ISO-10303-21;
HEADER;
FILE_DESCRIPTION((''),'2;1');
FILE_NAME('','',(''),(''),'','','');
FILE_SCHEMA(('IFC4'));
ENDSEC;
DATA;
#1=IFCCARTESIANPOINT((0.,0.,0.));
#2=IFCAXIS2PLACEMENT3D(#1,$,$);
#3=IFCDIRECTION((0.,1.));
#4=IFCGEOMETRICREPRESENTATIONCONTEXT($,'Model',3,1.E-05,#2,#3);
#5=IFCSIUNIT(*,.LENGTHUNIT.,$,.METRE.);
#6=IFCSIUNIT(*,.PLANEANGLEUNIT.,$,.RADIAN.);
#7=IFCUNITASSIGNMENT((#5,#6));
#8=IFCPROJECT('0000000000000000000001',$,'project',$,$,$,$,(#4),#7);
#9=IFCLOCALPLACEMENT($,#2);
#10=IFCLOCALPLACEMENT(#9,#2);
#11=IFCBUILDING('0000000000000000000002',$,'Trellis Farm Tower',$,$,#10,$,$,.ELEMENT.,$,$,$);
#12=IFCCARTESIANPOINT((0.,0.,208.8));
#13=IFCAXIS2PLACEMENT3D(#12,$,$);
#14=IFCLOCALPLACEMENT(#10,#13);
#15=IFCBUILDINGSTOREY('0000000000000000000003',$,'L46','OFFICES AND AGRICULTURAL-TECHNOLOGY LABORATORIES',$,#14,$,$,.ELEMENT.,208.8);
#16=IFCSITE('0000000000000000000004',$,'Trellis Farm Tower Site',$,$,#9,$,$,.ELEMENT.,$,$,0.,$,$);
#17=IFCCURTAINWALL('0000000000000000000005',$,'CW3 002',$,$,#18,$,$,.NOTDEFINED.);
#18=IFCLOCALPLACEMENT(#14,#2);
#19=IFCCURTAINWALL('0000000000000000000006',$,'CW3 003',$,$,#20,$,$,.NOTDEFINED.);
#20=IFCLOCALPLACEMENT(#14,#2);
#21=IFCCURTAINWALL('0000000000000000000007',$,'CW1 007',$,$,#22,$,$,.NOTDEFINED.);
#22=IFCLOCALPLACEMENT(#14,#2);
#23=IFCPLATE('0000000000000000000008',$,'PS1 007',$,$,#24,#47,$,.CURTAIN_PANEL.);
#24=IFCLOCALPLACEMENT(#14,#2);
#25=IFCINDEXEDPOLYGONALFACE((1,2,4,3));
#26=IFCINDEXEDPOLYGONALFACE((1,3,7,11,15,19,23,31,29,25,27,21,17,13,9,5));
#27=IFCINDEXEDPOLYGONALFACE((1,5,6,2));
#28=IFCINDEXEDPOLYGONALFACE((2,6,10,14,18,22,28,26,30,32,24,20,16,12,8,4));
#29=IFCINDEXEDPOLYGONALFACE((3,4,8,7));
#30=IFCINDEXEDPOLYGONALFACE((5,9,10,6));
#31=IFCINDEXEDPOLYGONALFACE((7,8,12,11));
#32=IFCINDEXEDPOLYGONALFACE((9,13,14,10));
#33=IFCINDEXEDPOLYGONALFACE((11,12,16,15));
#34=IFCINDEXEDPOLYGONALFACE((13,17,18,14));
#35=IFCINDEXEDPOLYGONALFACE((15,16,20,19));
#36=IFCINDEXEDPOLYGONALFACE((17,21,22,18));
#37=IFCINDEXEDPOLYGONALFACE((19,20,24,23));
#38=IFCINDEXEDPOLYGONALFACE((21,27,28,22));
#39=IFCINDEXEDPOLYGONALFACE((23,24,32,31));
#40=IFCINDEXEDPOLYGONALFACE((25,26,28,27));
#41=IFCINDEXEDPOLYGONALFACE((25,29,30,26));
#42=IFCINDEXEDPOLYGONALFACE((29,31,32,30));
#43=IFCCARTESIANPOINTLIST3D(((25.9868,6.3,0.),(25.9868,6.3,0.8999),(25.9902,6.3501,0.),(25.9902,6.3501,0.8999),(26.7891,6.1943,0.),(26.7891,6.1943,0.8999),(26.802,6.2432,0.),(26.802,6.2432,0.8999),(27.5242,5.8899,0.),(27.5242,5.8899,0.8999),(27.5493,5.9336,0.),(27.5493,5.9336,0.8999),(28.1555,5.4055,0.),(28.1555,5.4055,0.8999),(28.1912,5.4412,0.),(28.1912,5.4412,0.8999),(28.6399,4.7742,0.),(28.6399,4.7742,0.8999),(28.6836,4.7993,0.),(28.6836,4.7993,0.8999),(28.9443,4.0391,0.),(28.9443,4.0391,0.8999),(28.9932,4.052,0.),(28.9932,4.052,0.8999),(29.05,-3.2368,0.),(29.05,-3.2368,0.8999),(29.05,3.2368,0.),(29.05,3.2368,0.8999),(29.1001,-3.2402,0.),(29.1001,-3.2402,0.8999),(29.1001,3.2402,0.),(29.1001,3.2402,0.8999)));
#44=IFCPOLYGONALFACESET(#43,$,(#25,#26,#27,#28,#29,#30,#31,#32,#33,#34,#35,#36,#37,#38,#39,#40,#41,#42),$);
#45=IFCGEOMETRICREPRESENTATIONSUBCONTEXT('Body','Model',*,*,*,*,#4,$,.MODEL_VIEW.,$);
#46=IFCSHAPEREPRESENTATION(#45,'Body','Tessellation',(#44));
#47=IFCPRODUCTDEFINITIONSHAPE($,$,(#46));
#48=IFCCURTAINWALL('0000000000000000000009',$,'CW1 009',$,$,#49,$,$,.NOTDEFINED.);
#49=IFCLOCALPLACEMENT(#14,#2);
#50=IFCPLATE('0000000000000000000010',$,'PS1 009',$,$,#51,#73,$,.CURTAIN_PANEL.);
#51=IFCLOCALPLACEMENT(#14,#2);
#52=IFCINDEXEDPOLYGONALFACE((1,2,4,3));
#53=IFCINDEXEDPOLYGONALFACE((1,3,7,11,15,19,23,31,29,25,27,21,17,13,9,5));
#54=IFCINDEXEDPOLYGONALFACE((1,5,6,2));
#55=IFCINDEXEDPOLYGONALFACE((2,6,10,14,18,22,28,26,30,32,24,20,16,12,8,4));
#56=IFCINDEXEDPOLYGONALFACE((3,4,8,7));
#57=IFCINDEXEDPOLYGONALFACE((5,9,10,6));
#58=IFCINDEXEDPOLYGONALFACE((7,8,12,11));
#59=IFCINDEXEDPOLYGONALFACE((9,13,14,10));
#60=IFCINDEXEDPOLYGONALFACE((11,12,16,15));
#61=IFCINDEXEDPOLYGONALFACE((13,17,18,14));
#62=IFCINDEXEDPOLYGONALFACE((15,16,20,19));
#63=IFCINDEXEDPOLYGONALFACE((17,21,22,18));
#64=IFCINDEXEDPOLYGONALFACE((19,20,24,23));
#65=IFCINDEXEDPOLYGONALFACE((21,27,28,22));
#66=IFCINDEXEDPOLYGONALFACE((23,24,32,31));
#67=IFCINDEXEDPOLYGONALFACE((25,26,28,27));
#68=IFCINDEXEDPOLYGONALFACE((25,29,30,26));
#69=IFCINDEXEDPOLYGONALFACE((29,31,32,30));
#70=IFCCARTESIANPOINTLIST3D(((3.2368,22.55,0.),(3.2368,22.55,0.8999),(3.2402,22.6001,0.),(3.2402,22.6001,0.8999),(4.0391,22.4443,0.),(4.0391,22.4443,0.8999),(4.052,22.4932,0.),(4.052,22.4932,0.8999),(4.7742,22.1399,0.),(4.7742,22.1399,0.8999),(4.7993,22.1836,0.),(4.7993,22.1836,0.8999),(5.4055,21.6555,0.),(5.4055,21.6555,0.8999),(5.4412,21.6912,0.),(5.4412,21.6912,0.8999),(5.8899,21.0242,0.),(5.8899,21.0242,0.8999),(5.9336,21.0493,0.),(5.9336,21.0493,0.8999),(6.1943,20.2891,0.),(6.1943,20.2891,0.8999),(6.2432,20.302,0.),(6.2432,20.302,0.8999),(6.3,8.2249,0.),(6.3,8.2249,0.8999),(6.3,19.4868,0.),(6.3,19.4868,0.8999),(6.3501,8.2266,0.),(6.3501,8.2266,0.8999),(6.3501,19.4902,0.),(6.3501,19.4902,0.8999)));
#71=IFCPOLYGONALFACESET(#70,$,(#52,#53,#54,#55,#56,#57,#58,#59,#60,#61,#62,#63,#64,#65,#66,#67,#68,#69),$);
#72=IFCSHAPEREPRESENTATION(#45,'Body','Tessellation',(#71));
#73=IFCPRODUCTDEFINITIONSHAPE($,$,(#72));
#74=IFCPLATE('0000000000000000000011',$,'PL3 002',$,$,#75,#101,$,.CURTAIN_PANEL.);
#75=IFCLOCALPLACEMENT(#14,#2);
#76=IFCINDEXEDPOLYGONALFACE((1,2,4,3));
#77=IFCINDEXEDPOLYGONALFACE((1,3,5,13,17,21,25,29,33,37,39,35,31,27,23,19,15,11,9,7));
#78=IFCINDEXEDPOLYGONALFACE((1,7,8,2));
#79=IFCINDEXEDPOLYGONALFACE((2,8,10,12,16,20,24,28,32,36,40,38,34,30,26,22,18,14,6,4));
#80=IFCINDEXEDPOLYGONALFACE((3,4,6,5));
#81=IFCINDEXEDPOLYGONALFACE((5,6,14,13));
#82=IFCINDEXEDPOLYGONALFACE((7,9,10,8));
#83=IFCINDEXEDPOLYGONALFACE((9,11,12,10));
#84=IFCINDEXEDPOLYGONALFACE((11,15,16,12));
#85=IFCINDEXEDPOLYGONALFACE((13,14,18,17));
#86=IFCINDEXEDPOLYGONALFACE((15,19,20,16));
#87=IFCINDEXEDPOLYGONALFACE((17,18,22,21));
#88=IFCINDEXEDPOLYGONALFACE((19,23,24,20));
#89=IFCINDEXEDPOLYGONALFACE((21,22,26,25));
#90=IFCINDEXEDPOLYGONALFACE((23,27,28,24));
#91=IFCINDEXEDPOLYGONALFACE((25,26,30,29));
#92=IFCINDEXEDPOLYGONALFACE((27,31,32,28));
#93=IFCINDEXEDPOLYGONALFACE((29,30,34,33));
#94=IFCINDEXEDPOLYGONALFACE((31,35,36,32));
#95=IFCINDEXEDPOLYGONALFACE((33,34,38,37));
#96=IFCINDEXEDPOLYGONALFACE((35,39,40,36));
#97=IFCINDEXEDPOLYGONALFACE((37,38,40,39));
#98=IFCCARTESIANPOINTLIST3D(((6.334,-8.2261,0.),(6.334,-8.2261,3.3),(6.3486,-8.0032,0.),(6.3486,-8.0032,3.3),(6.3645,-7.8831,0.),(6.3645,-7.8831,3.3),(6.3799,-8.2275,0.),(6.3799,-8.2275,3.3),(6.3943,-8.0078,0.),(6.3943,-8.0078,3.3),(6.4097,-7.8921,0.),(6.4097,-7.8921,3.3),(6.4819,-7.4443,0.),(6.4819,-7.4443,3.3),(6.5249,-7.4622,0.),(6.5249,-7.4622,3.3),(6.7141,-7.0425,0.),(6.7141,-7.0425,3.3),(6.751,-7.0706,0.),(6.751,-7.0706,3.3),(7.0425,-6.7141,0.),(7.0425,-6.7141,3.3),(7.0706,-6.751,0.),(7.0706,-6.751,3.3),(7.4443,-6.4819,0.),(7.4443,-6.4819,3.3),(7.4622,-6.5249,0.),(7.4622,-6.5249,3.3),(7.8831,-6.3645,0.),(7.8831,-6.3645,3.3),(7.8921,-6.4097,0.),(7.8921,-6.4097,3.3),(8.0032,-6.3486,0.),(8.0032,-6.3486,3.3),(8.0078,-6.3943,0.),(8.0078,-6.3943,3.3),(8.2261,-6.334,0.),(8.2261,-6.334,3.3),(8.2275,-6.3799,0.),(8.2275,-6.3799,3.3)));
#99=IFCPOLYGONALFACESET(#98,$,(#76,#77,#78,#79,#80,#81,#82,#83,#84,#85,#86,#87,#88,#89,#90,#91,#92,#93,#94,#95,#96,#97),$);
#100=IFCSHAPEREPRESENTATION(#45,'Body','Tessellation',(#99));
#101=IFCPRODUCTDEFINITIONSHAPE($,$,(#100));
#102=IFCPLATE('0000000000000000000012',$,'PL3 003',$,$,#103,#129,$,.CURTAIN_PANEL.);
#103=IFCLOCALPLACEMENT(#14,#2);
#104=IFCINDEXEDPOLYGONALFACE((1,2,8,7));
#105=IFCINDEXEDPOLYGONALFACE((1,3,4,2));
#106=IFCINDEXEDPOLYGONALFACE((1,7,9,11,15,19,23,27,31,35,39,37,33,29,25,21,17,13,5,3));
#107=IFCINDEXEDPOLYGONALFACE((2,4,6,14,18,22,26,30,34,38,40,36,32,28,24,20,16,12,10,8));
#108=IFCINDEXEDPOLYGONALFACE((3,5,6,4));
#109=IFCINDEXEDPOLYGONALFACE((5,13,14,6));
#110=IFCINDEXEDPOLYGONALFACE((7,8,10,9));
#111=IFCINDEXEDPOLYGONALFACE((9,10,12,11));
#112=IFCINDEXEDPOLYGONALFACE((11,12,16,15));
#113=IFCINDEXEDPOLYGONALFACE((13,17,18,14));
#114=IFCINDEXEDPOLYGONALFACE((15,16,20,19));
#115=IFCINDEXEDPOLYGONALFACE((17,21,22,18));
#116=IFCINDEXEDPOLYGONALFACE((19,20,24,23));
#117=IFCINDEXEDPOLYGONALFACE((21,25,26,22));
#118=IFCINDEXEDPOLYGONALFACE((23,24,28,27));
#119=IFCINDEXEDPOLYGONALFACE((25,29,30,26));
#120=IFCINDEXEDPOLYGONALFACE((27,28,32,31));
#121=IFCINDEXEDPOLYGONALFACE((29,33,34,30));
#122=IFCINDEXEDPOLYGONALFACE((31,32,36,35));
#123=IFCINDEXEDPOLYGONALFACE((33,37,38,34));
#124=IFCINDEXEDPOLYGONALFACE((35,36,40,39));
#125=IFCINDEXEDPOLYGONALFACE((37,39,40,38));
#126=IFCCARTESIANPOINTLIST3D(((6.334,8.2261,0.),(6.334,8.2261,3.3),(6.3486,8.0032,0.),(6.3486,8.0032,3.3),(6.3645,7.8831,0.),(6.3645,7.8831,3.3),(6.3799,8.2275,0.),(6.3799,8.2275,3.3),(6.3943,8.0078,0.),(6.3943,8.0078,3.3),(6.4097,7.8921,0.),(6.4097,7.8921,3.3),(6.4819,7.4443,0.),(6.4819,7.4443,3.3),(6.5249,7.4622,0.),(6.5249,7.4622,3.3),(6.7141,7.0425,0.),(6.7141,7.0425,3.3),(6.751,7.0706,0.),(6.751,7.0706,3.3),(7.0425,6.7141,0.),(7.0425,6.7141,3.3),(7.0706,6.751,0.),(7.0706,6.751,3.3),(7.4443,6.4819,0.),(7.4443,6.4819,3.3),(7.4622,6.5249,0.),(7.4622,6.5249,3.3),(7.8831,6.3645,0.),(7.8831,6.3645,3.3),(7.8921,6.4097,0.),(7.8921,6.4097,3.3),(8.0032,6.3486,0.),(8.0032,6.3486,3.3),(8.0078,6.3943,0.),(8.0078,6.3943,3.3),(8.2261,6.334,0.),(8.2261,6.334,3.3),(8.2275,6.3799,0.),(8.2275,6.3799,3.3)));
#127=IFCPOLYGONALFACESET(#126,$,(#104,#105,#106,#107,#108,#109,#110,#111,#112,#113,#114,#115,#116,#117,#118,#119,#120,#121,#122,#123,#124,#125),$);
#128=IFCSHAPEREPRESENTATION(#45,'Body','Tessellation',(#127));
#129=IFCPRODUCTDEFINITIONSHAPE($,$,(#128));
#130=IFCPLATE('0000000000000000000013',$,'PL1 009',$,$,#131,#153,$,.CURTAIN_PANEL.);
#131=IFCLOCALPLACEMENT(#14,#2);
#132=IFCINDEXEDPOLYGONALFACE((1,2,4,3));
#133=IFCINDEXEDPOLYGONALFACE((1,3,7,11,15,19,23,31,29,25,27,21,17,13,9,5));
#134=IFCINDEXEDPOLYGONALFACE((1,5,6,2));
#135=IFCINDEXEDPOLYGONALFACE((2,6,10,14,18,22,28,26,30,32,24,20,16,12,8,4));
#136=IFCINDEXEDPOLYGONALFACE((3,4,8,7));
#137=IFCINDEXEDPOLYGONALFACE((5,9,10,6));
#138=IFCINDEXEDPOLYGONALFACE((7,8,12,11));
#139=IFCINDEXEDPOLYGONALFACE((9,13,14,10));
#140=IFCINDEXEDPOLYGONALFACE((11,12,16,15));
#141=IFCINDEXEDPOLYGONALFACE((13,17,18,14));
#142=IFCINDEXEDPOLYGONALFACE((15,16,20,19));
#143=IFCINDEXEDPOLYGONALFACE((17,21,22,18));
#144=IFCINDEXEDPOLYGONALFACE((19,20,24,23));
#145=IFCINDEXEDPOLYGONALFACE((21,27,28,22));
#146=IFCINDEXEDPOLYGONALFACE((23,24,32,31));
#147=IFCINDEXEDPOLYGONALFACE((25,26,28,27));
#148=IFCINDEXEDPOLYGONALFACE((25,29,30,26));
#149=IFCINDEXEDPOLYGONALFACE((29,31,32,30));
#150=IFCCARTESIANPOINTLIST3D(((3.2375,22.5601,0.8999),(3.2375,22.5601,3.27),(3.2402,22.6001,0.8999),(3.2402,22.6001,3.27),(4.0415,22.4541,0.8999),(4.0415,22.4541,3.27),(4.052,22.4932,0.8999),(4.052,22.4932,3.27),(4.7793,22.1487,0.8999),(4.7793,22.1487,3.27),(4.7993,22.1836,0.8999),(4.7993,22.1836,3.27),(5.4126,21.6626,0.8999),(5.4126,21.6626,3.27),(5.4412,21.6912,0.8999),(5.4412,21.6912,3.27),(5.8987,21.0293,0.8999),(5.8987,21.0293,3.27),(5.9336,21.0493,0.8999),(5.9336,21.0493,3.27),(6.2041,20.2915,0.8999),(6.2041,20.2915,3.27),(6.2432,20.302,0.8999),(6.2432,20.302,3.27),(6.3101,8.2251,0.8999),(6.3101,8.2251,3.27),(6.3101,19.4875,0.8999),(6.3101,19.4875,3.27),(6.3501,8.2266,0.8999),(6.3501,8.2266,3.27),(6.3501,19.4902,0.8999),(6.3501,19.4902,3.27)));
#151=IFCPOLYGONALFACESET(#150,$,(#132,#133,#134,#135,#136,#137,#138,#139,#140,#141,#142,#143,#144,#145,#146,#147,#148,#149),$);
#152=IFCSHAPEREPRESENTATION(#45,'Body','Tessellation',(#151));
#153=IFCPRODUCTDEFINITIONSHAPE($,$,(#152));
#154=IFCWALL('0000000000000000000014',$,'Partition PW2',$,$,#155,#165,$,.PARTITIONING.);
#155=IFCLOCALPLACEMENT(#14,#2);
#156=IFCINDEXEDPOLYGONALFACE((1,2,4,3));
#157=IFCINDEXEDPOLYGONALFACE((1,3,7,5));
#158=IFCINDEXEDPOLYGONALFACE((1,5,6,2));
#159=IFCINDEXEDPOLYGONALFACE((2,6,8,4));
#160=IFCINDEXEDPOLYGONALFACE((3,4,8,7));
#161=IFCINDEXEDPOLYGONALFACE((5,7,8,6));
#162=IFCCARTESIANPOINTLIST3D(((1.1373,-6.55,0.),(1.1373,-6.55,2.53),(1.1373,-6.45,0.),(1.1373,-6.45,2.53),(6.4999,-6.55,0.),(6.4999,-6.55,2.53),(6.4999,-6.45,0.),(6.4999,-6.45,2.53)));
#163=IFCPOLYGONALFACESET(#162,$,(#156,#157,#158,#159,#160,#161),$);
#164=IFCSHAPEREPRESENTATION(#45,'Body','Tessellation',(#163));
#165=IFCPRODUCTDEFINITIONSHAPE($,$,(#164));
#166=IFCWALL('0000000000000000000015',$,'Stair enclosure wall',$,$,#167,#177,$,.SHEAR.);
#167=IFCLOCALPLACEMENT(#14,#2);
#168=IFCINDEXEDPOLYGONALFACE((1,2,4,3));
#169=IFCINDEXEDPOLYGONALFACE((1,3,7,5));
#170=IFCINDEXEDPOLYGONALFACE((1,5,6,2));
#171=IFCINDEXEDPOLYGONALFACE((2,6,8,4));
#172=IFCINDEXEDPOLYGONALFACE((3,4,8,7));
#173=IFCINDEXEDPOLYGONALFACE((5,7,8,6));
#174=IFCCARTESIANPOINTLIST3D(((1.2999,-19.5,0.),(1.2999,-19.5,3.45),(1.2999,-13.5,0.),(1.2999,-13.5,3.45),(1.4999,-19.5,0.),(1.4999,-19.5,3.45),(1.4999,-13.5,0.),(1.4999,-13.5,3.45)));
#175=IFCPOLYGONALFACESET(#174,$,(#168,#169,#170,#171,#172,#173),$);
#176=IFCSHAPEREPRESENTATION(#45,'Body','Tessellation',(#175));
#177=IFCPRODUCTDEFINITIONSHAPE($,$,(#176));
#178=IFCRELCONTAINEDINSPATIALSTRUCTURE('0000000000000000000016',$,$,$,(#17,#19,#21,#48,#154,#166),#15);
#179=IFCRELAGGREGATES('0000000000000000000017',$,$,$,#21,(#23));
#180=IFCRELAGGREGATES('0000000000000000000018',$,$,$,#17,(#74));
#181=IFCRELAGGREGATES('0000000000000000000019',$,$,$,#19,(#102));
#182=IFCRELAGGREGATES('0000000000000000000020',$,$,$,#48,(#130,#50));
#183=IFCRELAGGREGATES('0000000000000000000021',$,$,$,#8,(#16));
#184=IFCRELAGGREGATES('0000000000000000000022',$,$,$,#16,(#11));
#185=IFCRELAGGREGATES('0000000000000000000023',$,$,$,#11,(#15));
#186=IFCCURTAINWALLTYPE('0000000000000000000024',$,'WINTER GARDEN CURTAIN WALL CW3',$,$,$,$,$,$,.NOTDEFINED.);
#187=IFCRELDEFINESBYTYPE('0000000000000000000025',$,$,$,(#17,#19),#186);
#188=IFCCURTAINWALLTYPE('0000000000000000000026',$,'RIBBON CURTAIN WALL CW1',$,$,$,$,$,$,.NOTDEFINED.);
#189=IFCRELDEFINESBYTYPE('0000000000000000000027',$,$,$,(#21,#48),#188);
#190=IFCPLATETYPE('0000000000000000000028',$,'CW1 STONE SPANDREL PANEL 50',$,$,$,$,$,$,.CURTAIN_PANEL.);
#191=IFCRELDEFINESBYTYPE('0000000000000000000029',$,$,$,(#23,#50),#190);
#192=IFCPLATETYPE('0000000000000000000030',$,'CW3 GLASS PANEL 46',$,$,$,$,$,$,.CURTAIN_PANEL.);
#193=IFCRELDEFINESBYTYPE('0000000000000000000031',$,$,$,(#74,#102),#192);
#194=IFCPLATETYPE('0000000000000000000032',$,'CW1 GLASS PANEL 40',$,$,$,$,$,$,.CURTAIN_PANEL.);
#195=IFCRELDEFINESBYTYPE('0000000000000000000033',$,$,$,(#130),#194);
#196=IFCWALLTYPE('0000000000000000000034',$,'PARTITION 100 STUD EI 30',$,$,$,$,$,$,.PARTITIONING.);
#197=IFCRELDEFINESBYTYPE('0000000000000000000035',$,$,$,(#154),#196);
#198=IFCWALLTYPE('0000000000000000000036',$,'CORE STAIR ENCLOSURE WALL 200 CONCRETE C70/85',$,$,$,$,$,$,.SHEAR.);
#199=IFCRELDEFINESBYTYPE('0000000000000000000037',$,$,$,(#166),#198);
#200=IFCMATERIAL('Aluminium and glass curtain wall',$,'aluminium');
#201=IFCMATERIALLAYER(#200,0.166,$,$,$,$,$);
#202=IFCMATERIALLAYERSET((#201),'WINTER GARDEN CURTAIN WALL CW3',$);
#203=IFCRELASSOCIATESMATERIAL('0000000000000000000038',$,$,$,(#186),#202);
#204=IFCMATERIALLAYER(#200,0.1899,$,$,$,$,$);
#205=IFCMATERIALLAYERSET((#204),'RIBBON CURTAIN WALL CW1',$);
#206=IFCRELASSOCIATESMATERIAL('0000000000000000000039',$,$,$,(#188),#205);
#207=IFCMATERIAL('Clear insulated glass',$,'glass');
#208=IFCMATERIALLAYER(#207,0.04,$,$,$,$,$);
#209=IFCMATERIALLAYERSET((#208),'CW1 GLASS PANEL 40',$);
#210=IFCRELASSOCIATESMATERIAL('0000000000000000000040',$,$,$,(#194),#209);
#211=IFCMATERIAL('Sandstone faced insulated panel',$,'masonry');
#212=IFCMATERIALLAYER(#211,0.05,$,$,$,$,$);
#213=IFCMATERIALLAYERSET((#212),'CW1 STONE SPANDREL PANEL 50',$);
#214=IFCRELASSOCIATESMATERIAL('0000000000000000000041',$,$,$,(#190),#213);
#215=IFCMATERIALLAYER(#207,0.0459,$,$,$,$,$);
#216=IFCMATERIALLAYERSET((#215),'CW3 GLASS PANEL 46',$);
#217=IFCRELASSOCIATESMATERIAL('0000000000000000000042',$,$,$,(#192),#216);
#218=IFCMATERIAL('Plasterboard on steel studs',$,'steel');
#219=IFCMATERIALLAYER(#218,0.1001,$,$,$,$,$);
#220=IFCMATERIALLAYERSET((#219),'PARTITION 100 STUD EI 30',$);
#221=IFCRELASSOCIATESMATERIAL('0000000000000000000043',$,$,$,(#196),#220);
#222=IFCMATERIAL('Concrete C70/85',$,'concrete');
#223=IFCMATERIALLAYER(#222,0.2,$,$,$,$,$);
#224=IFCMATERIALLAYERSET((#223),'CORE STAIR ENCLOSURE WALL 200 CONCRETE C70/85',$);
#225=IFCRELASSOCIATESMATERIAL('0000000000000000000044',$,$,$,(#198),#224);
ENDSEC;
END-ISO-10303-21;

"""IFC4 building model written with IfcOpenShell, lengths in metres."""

from ifc_helpers import new_model, si_unit, direction, frame, frame_2d, origin, place, context, subcontext, project, spatial, polyline, rectangle, outline, extrude, source, transform, mapped, material, layer, layer_set, type_object, element, aggregate, save


model = new_model("IFC4")

# Units and contexts
model_context = context("Model", 3, precision=1e-05, world=origin(), true_north=direction((0.0, 1.0)))
body_context = subcontext(model_context, "Body", "Model", "MODEL_VIEW")
ifc_project = project(units=[si_unit("LENGTHUNIT", "METRE"), si_unit("PLANEANGLEUNIT", "RADIAN")], contexts=[model_context])

# Site, building, storey
site_placement = place(None, origin())
site = spatial("IfcSite", under=ifc_project, at=site_placement, Name="Trellis Farm Tower Site", CompositionType="ELEMENT", RefElevation=0.0)
building_placement = place(site_placement, origin())
building = spatial("IfcBuilding", under=site, at=building_placement, Name="Trellis Farm Tower", CompositionType="ELEMENT")
storey_placement = place(building_placement, frame((0.0, 0.0, 208.8)))
storey = spatial("IfcBuildingStorey", under=building, at=storey_placement, Name="L46", Description="OFFICES AND AGRICULTURAL-TECHNOLOGY LABORATORIES", CompositionType="ELEMENT", Elevation=208.8)

# Curtain walls
ifc_material_1 = material(Name="Aluminium and glass curtain wall", Category="aluminium")
ifc_layer_1 = layer(ifc_material_1, 0.166)
ifc_layer_set_1 = layer_set([ifc_layer_1], Name="WINTER GARDEN CURTAIN WALL CW3")
curtain_wall_type_1 = type_object("IfcCurtainWallType", Name="WINTER GARDEN CURTAIN WALL CW3", PredefinedType="NOTDEFINED", material=ifc_layer_set_1)
placement_1 = place(storey_placement, origin())
curtain_wall_1 = element("IfcCurtainWall", 1, at=placement_1, inside=storey, type_object=curtain_wall_type_1, Name="CW3 002", PredefinedType="NOTDEFINED")
curtain_wall_2 = element("IfcCurtainWall", 2, at=placement_1, inside=storey, type_object=curtain_wall_type_1, Name="CW3 003", PredefinedType="NOTDEFINED")
ifc_layer_2 = layer(ifc_material_1, 0.1899)
ifc_layer_set_2 = layer_set([ifc_layer_2], Name="RIBBON CURTAIN WALL CW1")
curtain_wall_type_2 = type_object("IfcCurtainWallType", Name="RIBBON CURTAIN WALL CW1", PredefinedType="NOTDEFINED", material=ifc_layer_set_2)
curtain_wall_3 = element("IfcCurtainWall", 3, at=placement_1, inside=storey, type_object=curtain_wall_type_2, Name="CW1 007", PredefinedType="NOTDEFINED")

# Plate
ifc_material_2 = material(Name="Clear insulated glass", Category="glass")
ifc_layer_3 = layer(ifc_material_2, 0.04)
ifc_layer_set_3 = layer_set([ifc_layer_3], Name="CW1 GLASS PANEL 40")
plate_type_1 = type_object("IfcPlateType", Name="CW1 GLASS PANEL 40", PredefinedType="CURTAIN_PANEL", material=ifc_layer_set_3)
placement_2 = place(storey_placement, frame((0.0, 0.0, 0.8999)))
ifc_material_3 = material(Name="Sandstone faced insulated panel", Category="masonry")
ifc_layer_4 = layer(ifc_material_3, 0.05)
ifc_layer_set_4 = layer_set([ifc_layer_4], Name="CW1 STONE SPANDREL PANEL 50")
plate_type_2 = type_object("IfcPlateType", Name="CW1 STONE SPANDREL PANEL 50", PredefinedType="CURTAIN_PANEL", material=ifc_layer_set_4)
shared_shape_1 = source(origin(), body_context, "Body", "SweptSolid", [
    extrude(outline(polyline([(29.1001, -3.2402), (29.1001, 3.2402), (28.9932, 4.052), (28.6836, 4.7993), (28.1912, 5.4412), (27.5493, 5.9336), (26.802, 6.2432), (25.9902, 6.3501), (25.9868, 6.3), (26.7891, 6.1943), (27.5242, 5.8899), (28.1555, 5.4055), (28.6399, 4.7742), (28.9443, 4.0391), (29.05, 3.2368), (29.05, -3.2368), (29.1001, -3.2402)])), origin(), (0.0, 0.0, 1.0), 0.8999),
])
plate_1 = element("IfcPlate", 4, at=placement_1, type_object=plate_type_2, Name="PS1 007", PredefinedType="CURTAIN_PANEL", context=body_context, shape_type="MappedRepresentation", body=[
    mapped(shared_shape_1, transform((0.0, 0.0, 0.0))),
])
aggregate(curtain_wall_3, [plate_1])

# Curtain wall, plate
curtain_wall_4 = element("IfcCurtainWall", 5, at=placement_1, inside=storey, type_object=curtain_wall_type_2, Name="CW1 009", PredefinedType="NOTDEFINED")
shared_shape_2 = source(origin(), body_context, "Body", "SweptSolid", [
    extrude(outline(polyline([(6.3501, 8.2266), (6.3501, 19.4902), (6.2432, 20.302), (5.9336, 21.0493), (5.4412, 21.6912), (4.7993, 22.1836), (4.052, 22.4932), (3.2402, 22.6001), (3.2368, 22.55), (4.0391, 22.4443), (4.7742, 22.1399), (5.4055, 21.6555), (5.8899, 21.0242), (6.1943, 20.2891), (6.3, 19.4868), (6.3, 8.2249), (6.3501, 8.2266)])), origin(), (0.0, 0.0, 1.0), 0.8999),
])
plate_2 = element("IfcPlate", 6, at=placement_1, type_object=plate_type_2, Name="PS1 009", PredefinedType="CURTAIN_PANEL", context=body_context, shape_type="MappedRepresentation", body=[
    mapped(shared_shape_2, transform((0.0, 0.0, 0.0))),
])

# Plates
ifc_layer_5 = layer(ifc_material_2, 0.0459)
ifc_layer_set_5 = layer_set([ifc_layer_5], Name="CW3 GLASS PANEL 46")
plate_type_3 = type_object("IfcPlateType", Name="CW3 GLASS PANEL 46", PredefinedType="CURTAIN_PANEL", material=ifc_layer_set_5)
shared_shape_3 = source(origin(), body_context, "Body", "SweptSolid", [
    extrude(outline(polyline([(6.3799, -8.2275), (6.3943, -8.0078), (6.4097, -7.8921), (6.5249, -7.4622), (6.751, -7.0706), (7.0706, -6.751), (7.4622, -6.5249), (7.8921, -6.4097), (8.0078, -6.3943), (8.2275, -6.3799), (8.2261, -6.334), (8.0032, -6.3486), (7.8831, -6.3645), (7.4443, -6.4819), (7.0425, -6.7141), (6.7141, -7.0425), (6.4819, -7.4443), (6.3645, -7.8831), (6.3486, -8.0032), (6.334, -8.2261), (6.3799, -8.2275)])), origin(), (0.0, 0.0, 1.0), 3.3),
])
plate_3 = element("IfcPlate", 7, at=placement_1, type_object=plate_type_3, Name="PL3 002", PredefinedType="CURTAIN_PANEL", context=body_context, shape_type="MappedRepresentation", body=[
    mapped(shared_shape_3, transform((0.0, 0.0, 0.0))),
])
aggregate(curtain_wall_1, [plate_3])
shared_shape_4 = source(origin(), body_context, "Body", "SweptSolid", [
    extrude(outline(polyline([(8.2275, 6.3799), (8.0078, 6.3943), (7.8921, 6.4097), (7.4622, 6.5249), (7.0706, 6.751), (6.751, 7.0706), (6.5249, 7.4622), (6.4097, 7.8921), (6.3943, 8.0078), (6.3799, 8.2275), (6.334, 8.2261), (6.3486, 8.0032), (6.3645, 7.8831), (6.4819, 7.4443), (6.7141, 7.0425), (7.0425, 6.7141), (7.4443, 6.4819), (7.8831, 6.3645), (8.0032, 6.3486), (8.2261, 6.334), (8.2275, 6.3799)])), origin(), (0.0, 0.0, 1.0), 3.3),
])
plate_4 = element("IfcPlate", 8, at=placement_1, type_object=plate_type_3, Name="PL3 003", PredefinedType="CURTAIN_PANEL", context=body_context, shape_type="MappedRepresentation", body=[
    mapped(shared_shape_4, transform((0.0, 0.0, 0.0))),
])
aggregate(curtain_wall_2, [plate_4])
shared_shape_5 = source(origin(), body_context, "Body", "SweptSolid", [
    extrude(outline(polyline([(6.3501, 8.2266), (6.3501, 19.4902), (6.2432, 20.302), (5.9336, 21.0493), (5.4412, 21.6912), (4.7993, 22.1836), (4.052, 22.4932), (3.2402, 22.6001), (3.2375, 22.5601), (4.0415, 22.4541), (4.7793, 22.1487), (5.4126, 21.6626), (5.8987, 21.0293), (6.2041, 20.2915), (6.3101, 19.4875), (6.3101, 8.2251), (6.3501, 8.2266)])), origin(), (0.0, 0.0, 1.0), 2.3701),
])
plate_5 = element("IfcPlate", 9, at=placement_2, type_object=plate_type_1, Name="PL1 009", PredefinedType="CURTAIN_PANEL", context=body_context, shape_type="MappedRepresentation", body=[
    mapped(shared_shape_5, transform((0.0, 0.0, 0.0))),
])
aggregate(curtain_wall_4, [plate_5, plate_2])

# Walls
ifc_material_4 = material(Name="Plasterboard on steel studs", Category="steel")
ifc_layer_6 = layer(ifc_material_4, 0.1001)
ifc_layer_set_6 = layer_set([ifc_layer_6], Name="PARTITION 100 STUD EI 30")
wall_type_1 = type_object("IfcWallType", Name="PARTITION 100 STUD EI 30", PredefinedType="PARTITIONING", material=ifc_layer_set_6)
wall_1_placement = place(storey_placement, frame((1.1375, -6.5, 0.0), z_axis=(0.0, 0.0, 1.0), x_axis=(1.0, 0.0, 0.0)))
element("IfcWall", 10, at=wall_1_placement, inside=storey, type_object=wall_type_1, Name="Partition PW2", PredefinedType="PARTITIONING", context=body_context, shape_type="SweptSolid", body=[
    extrude(rectangle(XDim=5.3625, YDim=0.1001, at=frame_2d((2.6812, 0.0))), origin(), (0.0, 0.0, 1.0), 2.53),
])
ifc_material_5 = material(Name="Concrete C70/85", Category="concrete")
ifc_layer_7 = layer(ifc_material_5, 0.2)
ifc_layer_set_7 = layer_set([ifc_layer_7], Name="CORE STAIR ENCLOSURE WALL 200 CONCRETE C70/85")
wall_type_2 = type_object("IfcWallType", Name="CORE STAIR ENCLOSURE WALL 200 CONCRETE C70/85", PredefinedType="SHEAR", material=ifc_layer_set_7)
shared_shape_6 = source(origin(), body_context, "Body", "SweptSolid", [
    extrude(rectangle(XDim=6.0, YDim=0.2, at=frame_2d((3.0, 0.0))), origin(), (0.0, 0.0, 1.0), 3.45),
])
wall_2_placement = place(storey_placement, frame((1.3999, -13.5, 0.0), z_axis=(0.0, 0.0, 1.0), x_axis=(0.0, -1.0, 0.0)))
element("IfcWall", 11, at=wall_2_placement, inside=storey, type_object=wall_type_2, Name="Stair enclosure wall", PredefinedType="SHEAR", context=body_context, shape_type="MappedRepresentation", body=[
    mapped(shared_shape_6, transform((0.0, 0.0, 0.0))),
])

save(model, "model.ifc")
